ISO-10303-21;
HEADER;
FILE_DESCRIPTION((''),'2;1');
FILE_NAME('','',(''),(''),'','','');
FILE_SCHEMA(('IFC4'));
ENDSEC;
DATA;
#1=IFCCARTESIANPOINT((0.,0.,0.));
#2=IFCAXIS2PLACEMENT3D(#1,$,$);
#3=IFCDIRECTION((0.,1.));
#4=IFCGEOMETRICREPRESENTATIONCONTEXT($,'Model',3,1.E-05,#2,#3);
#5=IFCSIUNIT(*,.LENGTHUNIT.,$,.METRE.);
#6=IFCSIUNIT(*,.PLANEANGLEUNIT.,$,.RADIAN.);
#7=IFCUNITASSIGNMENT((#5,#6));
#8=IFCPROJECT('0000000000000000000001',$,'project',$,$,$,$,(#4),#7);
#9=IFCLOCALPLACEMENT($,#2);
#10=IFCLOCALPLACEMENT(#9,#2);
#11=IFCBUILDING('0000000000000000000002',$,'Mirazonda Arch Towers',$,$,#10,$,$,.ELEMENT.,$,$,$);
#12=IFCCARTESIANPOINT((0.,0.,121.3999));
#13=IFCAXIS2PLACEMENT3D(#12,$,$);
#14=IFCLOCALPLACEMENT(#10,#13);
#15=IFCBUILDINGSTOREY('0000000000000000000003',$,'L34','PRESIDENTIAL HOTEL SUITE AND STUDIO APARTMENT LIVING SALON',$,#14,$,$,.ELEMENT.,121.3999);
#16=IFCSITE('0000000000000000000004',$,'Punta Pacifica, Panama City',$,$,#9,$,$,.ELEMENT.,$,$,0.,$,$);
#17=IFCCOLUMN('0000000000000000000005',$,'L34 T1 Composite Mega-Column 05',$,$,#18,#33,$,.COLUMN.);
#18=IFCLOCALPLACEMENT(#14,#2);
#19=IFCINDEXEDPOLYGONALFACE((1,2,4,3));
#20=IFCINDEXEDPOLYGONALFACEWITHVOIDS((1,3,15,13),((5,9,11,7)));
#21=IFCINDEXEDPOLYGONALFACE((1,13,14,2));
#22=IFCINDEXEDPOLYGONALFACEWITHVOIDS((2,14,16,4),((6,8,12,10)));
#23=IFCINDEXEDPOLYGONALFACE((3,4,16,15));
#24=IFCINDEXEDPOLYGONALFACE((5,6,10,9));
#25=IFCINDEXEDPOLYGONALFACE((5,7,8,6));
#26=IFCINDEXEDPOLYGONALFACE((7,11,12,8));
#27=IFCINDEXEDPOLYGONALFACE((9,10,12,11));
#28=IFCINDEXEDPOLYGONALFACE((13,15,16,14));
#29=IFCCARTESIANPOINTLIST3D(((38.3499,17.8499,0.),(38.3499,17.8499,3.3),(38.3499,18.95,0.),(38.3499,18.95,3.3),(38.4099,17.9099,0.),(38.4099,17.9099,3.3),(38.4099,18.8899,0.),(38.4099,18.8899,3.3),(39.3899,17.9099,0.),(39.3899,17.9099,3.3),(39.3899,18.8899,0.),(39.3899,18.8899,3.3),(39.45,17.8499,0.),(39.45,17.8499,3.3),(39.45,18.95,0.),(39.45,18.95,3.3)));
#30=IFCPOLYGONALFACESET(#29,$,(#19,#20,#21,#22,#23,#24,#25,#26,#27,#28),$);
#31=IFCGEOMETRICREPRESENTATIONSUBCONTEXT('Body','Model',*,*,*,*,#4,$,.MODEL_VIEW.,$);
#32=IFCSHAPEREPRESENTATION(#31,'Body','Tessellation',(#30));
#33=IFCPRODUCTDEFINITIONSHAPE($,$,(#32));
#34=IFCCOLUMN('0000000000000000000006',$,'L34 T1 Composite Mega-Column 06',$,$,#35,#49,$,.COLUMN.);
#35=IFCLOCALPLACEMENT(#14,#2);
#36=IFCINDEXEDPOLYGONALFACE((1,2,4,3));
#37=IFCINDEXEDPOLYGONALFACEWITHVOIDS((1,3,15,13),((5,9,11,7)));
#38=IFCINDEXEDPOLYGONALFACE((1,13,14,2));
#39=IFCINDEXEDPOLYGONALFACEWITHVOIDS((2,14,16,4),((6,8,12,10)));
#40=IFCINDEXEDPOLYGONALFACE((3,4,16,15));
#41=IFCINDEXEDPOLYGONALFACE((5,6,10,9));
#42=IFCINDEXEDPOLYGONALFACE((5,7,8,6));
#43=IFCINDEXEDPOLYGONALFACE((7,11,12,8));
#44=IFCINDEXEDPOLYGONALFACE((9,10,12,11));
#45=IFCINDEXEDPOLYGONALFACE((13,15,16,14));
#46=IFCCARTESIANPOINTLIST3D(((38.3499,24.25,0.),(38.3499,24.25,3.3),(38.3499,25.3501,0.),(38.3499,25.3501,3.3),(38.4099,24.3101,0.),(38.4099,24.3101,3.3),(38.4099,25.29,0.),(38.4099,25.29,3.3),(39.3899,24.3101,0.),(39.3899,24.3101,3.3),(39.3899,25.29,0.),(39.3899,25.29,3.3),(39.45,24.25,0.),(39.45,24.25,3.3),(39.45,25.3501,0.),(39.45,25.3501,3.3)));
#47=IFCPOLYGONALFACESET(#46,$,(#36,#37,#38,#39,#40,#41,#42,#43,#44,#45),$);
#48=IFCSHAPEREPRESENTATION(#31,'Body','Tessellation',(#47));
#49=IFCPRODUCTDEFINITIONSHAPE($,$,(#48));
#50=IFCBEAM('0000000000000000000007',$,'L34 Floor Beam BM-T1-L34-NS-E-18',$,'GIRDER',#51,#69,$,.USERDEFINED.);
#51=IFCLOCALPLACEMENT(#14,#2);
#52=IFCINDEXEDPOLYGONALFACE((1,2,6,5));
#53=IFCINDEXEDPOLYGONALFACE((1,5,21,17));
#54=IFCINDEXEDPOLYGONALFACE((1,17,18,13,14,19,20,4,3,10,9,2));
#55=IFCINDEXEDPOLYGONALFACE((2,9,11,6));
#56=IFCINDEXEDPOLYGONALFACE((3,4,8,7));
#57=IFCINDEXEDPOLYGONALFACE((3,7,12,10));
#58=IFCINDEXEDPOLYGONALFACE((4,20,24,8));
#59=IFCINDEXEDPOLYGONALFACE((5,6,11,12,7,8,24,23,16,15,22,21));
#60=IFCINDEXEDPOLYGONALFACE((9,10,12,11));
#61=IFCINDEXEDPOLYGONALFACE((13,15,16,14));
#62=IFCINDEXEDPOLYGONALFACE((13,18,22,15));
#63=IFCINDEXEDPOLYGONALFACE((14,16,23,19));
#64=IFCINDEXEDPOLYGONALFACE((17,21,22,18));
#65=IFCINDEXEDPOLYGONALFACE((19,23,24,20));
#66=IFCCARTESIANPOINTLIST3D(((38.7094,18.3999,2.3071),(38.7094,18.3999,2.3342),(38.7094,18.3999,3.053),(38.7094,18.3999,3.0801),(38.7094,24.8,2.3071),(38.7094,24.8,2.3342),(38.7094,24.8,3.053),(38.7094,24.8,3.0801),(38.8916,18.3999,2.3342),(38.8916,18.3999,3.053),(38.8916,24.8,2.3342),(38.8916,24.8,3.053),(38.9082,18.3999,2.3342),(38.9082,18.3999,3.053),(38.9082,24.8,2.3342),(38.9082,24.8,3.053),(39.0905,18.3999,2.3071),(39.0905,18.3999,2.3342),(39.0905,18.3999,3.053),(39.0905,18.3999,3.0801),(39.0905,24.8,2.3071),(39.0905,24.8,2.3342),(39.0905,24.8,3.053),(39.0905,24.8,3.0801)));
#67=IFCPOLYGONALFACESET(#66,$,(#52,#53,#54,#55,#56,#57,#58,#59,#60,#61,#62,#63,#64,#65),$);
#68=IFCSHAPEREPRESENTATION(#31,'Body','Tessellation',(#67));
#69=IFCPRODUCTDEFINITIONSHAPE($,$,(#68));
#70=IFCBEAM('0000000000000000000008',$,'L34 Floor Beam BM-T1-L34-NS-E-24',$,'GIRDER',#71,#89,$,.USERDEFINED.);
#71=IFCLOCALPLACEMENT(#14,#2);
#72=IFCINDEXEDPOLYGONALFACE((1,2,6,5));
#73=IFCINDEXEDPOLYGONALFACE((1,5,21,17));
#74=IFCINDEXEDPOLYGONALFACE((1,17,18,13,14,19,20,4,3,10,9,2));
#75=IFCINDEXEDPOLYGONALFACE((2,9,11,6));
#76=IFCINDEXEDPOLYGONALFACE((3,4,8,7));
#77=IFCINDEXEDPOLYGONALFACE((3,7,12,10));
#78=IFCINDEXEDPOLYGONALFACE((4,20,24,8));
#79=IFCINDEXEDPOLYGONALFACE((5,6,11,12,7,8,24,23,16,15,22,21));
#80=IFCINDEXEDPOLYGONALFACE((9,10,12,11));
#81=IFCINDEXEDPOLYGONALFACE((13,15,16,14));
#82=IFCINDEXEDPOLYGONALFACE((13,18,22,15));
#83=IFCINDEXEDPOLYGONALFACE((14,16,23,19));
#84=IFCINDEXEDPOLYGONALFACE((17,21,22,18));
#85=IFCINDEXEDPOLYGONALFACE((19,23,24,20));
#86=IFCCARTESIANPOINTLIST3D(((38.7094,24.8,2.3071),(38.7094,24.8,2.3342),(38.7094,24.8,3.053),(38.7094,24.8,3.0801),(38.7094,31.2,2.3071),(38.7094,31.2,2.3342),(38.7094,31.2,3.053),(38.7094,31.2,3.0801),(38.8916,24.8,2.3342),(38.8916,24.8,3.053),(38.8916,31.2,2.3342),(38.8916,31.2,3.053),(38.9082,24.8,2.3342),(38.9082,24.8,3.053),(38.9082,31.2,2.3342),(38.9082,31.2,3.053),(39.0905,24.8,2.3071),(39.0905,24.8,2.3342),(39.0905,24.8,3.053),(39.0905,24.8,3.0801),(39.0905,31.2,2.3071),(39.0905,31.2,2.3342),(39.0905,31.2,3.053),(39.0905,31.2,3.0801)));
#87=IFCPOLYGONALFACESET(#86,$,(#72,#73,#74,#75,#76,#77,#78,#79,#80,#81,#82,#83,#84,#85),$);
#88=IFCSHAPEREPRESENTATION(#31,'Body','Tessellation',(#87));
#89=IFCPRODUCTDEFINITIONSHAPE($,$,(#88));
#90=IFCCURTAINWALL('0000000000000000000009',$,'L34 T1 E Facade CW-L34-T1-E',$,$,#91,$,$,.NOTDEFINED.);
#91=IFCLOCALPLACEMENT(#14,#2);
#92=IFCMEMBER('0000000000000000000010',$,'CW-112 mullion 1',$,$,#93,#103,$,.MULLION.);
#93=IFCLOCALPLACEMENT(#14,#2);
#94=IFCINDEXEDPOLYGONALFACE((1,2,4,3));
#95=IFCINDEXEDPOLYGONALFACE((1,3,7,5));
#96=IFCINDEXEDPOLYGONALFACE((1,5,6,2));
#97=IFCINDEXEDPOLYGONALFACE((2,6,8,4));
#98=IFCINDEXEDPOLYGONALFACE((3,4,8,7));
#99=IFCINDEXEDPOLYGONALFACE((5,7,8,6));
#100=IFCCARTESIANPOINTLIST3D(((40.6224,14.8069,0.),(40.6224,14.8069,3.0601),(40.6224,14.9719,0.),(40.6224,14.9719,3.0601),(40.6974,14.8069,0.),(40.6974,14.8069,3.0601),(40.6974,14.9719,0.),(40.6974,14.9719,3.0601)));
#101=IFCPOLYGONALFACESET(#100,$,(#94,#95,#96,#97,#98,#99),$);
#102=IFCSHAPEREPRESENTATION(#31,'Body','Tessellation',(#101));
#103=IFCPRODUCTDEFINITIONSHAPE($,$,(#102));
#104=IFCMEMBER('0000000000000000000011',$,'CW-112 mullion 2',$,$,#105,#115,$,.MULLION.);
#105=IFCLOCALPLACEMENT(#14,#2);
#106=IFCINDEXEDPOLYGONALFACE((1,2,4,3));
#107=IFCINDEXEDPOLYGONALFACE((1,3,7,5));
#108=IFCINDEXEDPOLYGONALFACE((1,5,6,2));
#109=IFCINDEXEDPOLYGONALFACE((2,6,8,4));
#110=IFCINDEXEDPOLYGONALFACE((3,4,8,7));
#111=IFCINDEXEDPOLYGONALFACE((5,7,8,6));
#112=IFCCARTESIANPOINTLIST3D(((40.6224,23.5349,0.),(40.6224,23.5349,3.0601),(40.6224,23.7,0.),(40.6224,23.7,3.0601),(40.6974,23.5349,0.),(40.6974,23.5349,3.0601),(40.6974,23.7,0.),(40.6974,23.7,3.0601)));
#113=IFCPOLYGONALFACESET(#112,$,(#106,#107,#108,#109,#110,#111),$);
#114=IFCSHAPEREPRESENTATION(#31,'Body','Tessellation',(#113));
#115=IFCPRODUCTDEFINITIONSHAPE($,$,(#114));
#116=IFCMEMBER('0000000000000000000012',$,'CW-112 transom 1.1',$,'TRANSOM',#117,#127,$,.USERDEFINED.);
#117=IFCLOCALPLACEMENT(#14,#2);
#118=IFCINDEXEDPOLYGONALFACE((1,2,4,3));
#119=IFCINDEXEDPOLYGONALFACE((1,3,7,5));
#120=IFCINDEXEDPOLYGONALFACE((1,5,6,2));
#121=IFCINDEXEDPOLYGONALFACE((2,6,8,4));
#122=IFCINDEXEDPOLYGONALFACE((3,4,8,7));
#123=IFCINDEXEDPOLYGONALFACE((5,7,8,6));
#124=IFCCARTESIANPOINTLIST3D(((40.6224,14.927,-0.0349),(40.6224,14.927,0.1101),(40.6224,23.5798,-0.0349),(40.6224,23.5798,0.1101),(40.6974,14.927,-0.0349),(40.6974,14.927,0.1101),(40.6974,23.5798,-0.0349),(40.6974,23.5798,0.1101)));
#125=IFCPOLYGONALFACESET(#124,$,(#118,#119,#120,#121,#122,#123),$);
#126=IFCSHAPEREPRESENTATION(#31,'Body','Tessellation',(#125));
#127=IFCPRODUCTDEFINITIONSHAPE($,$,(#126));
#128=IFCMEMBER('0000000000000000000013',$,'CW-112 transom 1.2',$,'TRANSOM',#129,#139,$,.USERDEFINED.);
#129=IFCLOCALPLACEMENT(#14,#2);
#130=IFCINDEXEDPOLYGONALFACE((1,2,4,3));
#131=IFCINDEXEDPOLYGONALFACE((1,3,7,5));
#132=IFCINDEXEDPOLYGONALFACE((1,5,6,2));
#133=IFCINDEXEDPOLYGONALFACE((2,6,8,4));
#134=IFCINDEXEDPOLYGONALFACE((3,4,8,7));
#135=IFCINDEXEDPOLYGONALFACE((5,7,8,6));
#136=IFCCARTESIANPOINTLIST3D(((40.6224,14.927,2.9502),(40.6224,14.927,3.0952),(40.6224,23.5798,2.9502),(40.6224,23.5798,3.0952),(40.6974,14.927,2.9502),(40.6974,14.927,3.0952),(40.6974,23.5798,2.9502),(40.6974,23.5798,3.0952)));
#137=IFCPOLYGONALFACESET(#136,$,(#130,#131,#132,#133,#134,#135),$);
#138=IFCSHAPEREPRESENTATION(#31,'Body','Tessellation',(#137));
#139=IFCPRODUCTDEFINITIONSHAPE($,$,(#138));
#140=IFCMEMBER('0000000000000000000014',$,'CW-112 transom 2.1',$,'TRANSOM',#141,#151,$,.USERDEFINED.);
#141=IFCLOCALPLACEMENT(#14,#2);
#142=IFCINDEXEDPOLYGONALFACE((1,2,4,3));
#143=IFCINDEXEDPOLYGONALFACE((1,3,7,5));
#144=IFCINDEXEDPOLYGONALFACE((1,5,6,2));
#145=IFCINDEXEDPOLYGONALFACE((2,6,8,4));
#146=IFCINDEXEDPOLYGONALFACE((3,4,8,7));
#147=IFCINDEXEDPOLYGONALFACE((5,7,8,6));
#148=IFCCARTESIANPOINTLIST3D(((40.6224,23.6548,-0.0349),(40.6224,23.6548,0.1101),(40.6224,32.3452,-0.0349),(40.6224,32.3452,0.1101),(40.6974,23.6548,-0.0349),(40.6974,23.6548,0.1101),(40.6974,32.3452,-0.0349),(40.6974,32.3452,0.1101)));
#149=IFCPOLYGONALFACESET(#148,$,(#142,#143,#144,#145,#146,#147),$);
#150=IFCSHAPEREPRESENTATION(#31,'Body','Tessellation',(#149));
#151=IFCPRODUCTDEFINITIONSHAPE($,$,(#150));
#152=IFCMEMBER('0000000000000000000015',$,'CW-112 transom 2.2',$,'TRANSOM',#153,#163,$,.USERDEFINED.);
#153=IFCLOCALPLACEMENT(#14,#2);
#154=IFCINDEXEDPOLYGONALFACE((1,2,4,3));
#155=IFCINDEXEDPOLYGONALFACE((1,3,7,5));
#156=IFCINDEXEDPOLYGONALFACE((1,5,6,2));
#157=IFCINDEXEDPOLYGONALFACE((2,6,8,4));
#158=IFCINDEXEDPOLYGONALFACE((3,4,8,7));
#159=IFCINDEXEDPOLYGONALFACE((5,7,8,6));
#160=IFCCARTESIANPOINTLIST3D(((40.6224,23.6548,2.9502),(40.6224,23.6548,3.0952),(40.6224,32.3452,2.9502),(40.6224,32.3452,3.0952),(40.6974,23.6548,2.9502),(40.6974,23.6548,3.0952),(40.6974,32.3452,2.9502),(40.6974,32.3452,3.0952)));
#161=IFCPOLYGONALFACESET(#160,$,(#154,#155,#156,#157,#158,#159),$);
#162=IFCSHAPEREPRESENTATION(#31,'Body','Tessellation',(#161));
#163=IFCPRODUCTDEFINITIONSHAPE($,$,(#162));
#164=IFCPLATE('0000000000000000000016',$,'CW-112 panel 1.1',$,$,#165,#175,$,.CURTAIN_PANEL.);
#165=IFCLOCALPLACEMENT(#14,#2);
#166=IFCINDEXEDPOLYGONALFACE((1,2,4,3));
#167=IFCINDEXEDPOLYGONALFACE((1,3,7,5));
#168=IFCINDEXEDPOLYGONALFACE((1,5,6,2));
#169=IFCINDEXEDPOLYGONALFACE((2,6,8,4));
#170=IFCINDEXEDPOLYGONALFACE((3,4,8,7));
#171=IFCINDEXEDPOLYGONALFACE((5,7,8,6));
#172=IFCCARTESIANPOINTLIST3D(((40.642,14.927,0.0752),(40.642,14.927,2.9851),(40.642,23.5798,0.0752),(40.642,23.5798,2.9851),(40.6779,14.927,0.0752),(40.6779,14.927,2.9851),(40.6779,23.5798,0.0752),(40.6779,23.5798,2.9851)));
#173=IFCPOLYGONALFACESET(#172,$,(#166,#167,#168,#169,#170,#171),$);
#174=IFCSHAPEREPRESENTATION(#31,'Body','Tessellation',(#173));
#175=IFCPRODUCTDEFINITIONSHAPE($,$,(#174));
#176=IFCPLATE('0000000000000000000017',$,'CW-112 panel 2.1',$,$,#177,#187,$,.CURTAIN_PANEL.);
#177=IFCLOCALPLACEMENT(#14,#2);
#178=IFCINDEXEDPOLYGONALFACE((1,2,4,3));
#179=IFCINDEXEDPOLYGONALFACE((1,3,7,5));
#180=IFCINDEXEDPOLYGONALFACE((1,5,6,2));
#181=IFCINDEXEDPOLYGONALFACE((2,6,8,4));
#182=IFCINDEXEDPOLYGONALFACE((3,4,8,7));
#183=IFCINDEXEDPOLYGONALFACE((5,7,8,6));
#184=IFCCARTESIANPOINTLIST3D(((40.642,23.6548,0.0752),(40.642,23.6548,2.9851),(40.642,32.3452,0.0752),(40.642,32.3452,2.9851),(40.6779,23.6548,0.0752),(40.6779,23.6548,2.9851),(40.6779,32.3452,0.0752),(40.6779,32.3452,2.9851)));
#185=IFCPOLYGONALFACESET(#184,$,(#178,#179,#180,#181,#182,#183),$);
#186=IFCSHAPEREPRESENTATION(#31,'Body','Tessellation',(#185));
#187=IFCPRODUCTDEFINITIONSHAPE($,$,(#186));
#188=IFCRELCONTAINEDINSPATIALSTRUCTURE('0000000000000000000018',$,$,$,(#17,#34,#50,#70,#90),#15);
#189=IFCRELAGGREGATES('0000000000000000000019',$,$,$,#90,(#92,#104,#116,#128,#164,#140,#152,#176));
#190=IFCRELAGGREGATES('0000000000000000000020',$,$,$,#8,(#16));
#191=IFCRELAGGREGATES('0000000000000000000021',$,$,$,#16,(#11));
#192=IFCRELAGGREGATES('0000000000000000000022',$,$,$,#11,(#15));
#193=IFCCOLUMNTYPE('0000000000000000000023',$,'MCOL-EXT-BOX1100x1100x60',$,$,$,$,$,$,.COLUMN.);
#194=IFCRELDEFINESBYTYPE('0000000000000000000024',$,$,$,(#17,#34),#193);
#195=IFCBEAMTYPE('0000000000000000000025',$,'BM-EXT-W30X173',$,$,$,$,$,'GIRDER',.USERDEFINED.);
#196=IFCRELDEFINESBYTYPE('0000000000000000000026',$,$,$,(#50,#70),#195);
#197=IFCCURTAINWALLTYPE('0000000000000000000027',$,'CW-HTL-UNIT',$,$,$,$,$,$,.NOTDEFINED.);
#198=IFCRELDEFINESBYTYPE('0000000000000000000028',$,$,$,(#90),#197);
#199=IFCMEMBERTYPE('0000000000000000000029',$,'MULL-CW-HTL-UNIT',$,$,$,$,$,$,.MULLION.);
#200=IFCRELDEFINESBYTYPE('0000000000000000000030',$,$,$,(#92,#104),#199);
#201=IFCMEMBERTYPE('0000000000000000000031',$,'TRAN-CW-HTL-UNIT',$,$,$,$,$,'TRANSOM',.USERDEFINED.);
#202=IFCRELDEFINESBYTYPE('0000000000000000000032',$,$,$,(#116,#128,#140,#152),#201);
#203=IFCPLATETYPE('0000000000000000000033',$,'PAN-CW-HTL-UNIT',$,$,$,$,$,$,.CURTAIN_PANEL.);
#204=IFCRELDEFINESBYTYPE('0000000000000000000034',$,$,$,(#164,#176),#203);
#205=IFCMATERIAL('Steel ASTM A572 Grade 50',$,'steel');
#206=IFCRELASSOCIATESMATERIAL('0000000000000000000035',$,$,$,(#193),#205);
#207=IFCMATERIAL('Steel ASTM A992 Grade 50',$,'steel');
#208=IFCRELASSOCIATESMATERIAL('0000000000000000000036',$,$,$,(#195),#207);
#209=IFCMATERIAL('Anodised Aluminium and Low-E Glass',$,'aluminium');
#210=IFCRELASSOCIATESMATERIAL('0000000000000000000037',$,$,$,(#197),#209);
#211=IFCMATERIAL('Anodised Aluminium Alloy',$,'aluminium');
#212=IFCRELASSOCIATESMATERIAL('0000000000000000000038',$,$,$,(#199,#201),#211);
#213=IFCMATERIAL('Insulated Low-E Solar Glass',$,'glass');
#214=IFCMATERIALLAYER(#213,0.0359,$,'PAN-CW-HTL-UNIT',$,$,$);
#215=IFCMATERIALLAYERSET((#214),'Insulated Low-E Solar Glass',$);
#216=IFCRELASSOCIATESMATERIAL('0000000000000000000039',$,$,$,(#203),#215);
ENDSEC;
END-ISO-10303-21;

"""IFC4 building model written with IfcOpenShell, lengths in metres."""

from ifc_helpers import new_model, si_unit, direction, frame, origin, origin_2d, place, context, subcontext, project, spatial, rectangle, hollow_rectangle, i_section, extrude, material, layer, layer_set, material_profile, profile_set, type_object, element, aggregate, save


model = new_model("IFC4")

# Units and contexts
model_context = context("Model", 3, precision=1e-05, world=origin(), true_north=direction((0.0, 1.0)))
body_context = subcontext(model_context, "Body", "Model", "MODEL_VIEW")
ifc_project = project(units=[si_unit("LENGTHUNIT", "METRE"), si_unit("PLANEANGLEUNIT", "RADIAN")], contexts=[model_context])

# Site, building, storey
site_placement = place(None, origin())
site = spatial("IfcSite", under=ifc_project, at=site_placement, Name="Punta Pacifica, Panama City", CompositionType="ELEMENT", RefElevation=0.0)
building_placement = place(site_placement, origin())
building = spatial("IfcBuilding", under=site, at=building_placement, Name="Mirazonda Arch Towers", CompositionType="ELEMENT")
storey_placement = place(building_placement, frame((0.0, 0.0, 121.3999)))
storey = spatial("IfcBuildingStorey", under=building, at=storey_placement, Name="L34", Description="PRESIDENTIAL HOTEL SUITE AND STUDIO APARTMENT LIVING SALON", CompositionType="ELEMENT", Elevation=121.3999)

# Columns
ifc_material_1 = material(Name="Steel ASTM A572 Grade 50", Category="steel")
ifc_material_profile_1 = material_profile(ifc_material_1, hollow_rectangle(XDim=1.1001, YDim=1.1001, WallThickness=0.0601, at=origin_2d()), Name="BOX1100x1100x60")
ifc_profile_set_1 = profile_set([ifc_material_profile_1], Name="Steel ASTM A572 Grade 50")
column_type = type_object("IfcColumnType", Name="MCOL-EXT-BOX1100x1100x60", PredefinedType="COLUMN", material=ifc_profile_set_1)
for number, where, z_axis, x_axis, name in (
    (1, (38.8999, 18.3999, 0.0), (0.0, 0.0, 1.0), (1.0, 0.0, 0.0), "L34 T1 Composite Mega-Column 05"),
    (2, (38.8999, 24.8, 0.0), (0.0, 0.0, 1.0), (1.0, 0.0, 0.0), "L34 T1 Composite Mega-Column 06"),
):
    element("IfcColumn", number, at=place(storey_placement, frame(where, z_axis=z_axis, x_axis=x_axis)), inside=storey, type_object=column_type, Name=name, PredefinedType="COLUMN", context=body_context, shape_type="SweptSolid", body=[
        extrude(hollow_rectangle(XDim=1.1001, YDim=1.1001, WallThickness=0.0601, at=origin_2d()), origin(), (0.0, 0.0, 1.0), 3.3),
    ])

# Beams
ifc_material_2 = material(Name="Steel ASTM A992 Grade 50", Category="steel")
ifc_material_profile_2 = material_profile(ifc_material_2, i_section(OverallWidth=0.3811, OverallDepth=0.7729, WebThickness=0.0166, FlangeThickness=0.0271, at=origin_2d()), Name="W30X173")
ifc_profile_set_2 = profile_set([ifc_material_profile_2], Name="Steel ASTM A992 Grade 50")
beam_type = type_object("IfcBeamType", Name="BM-EXT-W30X173", ElementType="GIRDER", PredefinedType="USERDEFINED", material=ifc_profile_set_2)
beam_1_placement = place(storey_placement, frame((38.8999, 18.3999, 2.6936), z_axis=(0.0, 1.0, 0.0), x_axis=(-1.0, 0.0, 0.0)))
element("IfcBeam", 3, at=beam_1_placement, inside=storey, type_object=beam_type, Name="L34 Floor Beam BM-T1-L34-NS-E-18", ObjectType="GIRDER", PredefinedType="USERDEFINED", context=body_context, shape_type="SweptSolid", body=[
    extrude(i_section(OverallWidth=0.3811, OverallDepth=0.7729, WebThickness=0.0166, FlangeThickness=0.0271, at=origin_2d()), origin(), (0.0, 0.0, 1.0), 6.4001),
])
beam_2_placement = place(storey_placement, frame((38.8999, 24.8, 2.6936), z_axis=(0.0, 1.0, 0.0), x_axis=(-1.0, 0.0, 0.0)))
element("IfcBeam", 4, at=beam_2_placement, inside=storey, type_object=beam_type, Name="L34 Floor Beam BM-T1-L34-NS-E-24", ObjectType="GIRDER", PredefinedType="USERDEFINED", context=body_context, shape_type="SweptSolid", body=[
    extrude(i_section(OverallWidth=0.3811, OverallDepth=0.7729, WebThickness=0.0166, FlangeThickness=0.0271, at=origin_2d()), origin(), (0.0, 0.0, 1.0), 6.3999),
])

# Curtain wall, members, plates
ifc_material_3 = material(Name="Anodised Aluminium and Low-E Glass", Category="aluminium")
curtain_wall_type = type_object("IfcCurtainWallType", Name="CW-HTL-UNIT", PredefinedType="NOTDEFINED", material=ifc_material_3)
curtain_wall_placement = place(storey_placement, origin())
curtain_wall = element("IfcCurtainWall", 5, at=curtain_wall_placement, inside=storey, type_object=curtain_wall_type, Name="L34 T1 E Facade CW-L34-T1-E", PredefinedType="NOTDEFINED")
ifc_material_4 = material(Name="Anodised Aluminium Alloy", Category="aluminium")
ifc_material_profile_3 = material_profile(ifc_material_4, rectangle(XDim=0.075, YDim=0.165, at=origin_2d()), Name="ALU-MULL-75x165")
ifc_profile_set_3 = profile_set([ifc_material_profile_3], Name="Anodised Aluminium Alloy")
member_type_1 = type_object("IfcMemberType", Name="MULL-CW-HTL-UNIT", PredefinedType="MULLION", material=ifc_profile_set_3)
member_1_placement = place(storey_placement, frame((40.6599, 14.8894, 0.0), z_axis=(0.0, 0.0, 1.0), x_axis=(-1.0, 0.0, 0.0)))
member_1 = element("IfcMember", 6, at=member_1_placement, type_object=member_type_1, Name="CW-112 mullion 1", PredefinedType="MULLION", context=body_context, shape_type="SweptSolid", body=[
    extrude(rectangle(XDim=0.075, YDim=0.165, at=origin_2d()), origin(), (0.0, 0.0, 1.0), 3.0601),
])
member_2_placement = place(storey_placement, frame((40.6599, 23.6174, 0.0), z_axis=(0.0, 0.0, 1.0), x_axis=(-1.0, 0.0, 0.0)))
member_2 = element("IfcMember", 7, at=member_2_placement, type_object=member_type_1, Name="CW-112 mullion 2", PredefinedType="MULLION", context=body_context, shape_type="SweptSolid", body=[
    extrude(rectangle(XDim=0.075, YDim=0.165, at=origin_2d()), origin(), (0.0, 0.0, 1.0), 3.0601),
])
ifc_material_profile_4 = material_profile(ifc_material_4, rectangle(XDim=0.075, YDim=0.145, at=origin_2d()), Name="ALU-TRAN-75x145")
ifc_profile_set_4 = profile_set([ifc_material_profile_4], Name="Anodised Aluminium Alloy")
member_type_2 = type_object("IfcMemberType", Name="TRAN-CW-HTL-UNIT", ElementType="TRANSOM", PredefinedType="USERDEFINED", material=ifc_profile_set_4)
member_3_placement = place(storey_placement, frame((40.6599, 14.927, 0.0376), z_axis=(0.0, 1.0, 0.0), x_axis=(-1.0, 0.0, 0.0)))
member_3 = element("IfcMember", 8, at=member_3_placement, type_object=member_type_2, Name="CW-112 transom 1.1", ObjectType="TRANSOM", PredefinedType="USERDEFINED", context=body_context, shape_type="SweptSolid", body=[
    extrude(rectangle(XDim=0.075, YDim=0.145, at=origin_2d()), origin(), (0.0, 0.0, 1.0), 8.6528),
])
member_4_placement = place(storey_placement, frame((40.6599, 14.927, 3.0227), z_axis=(0.0, 1.0, 0.0), x_axis=(-1.0, 0.0, 0.0)))
member_4 = element("IfcMember", 9, at=member_4_placement, type_object=member_type_2, Name="CW-112 transom 1.2", ObjectType="TRANSOM", PredefinedType="USERDEFINED", context=body_context, shape_type="SweptSolid", body=[
    extrude(rectangle(XDim=0.075, YDim=0.145, at=origin_2d()), origin(), (0.0, 0.0, 1.0), 8.6528),
])
member_5_placement = place(storey_placement, frame((40.6599, 23.6548, 0.0376), z_axis=(0.0, 1.0, 0.0), x_axis=(-1.0, 0.0, 0.0)))
member_5 = element("IfcMember", 10, at=member_5_placement, type_object=member_type_2, Name="CW-112 transom 2.1", ObjectType="TRANSOM", PredefinedType="USERDEFINED", context=body_context, shape_type="SweptSolid", body=[
    extrude(rectangle(XDim=0.075, YDim=0.145, at=origin_2d()), origin(), (0.0, 0.0, 1.0), 8.6904),
])
member_6_placement = place(storey_placement, frame((40.6599, 23.6548, 3.0227), z_axis=(0.0, 1.0, 0.0), x_axis=(-1.0, 0.0, 0.0)))
member_6 = element("IfcMember", 11, at=member_6_placement, type_object=member_type_2, Name="CW-112 transom 2.2", ObjectType="TRANSOM", PredefinedType="USERDEFINED", context=body_context, shape_type="SweptSolid", body=[
    extrude(rectangle(XDim=0.075, YDim=0.145, at=origin_2d()), origin(), (0.0, 0.0, 1.0), 8.6904),
])
ifc_material_5 = material(Name="Insulated Low-E Solar Glass", Category="glass")
ifc_layer_1 = layer(ifc_material_5, 0.0359, Name="PAN-CW-HTL-UNIT")
ifc_layer_set_1 = layer_set([ifc_layer_1], Name="Insulated Low-E Solar Glass")
plate_type = type_object("IfcPlateType", Name="PAN-CW-HTL-UNIT", PredefinedType="CURTAIN_PANEL", material=ifc_layer_set_1)
plate_1_placement = place(storey_placement, frame((40.6599, 19.2534, 0.0752), z_axis=(0.0, 0.0, 1.0), x_axis=(0.0, 1.0, 0.0)))
plate_1 = element("IfcPlate", 12, at=plate_1_placement, type_object=plate_type, Name="CW-112 panel 1.1", PredefinedType="CURTAIN_PANEL", context=body_context, shape_type="SweptSolid", body=[
    extrude(rectangle(XDim=8.6528, YDim=0.0359, at=origin_2d()), origin(), (0.0, 0.0, 1.0), 2.9099),
])
plate_2_placement = place(storey_placement, frame((40.6599, 28.0, 0.0752), z_axis=(0.0, 0.0, 1.0), x_axis=(0.0, 1.0, 0.0)))
plate_2 = element("IfcPlate", 13, at=plate_2_placement, type_object=plate_type, Name="CW-112 panel 2.1", PredefinedType="CURTAIN_PANEL", context=body_context, shape_type="SweptSolid", body=[
    extrude(rectangle(XDim=8.6904, YDim=0.0359, at=origin_2d()), origin(), (0.0, 0.0, 1.0), 2.9099),
])
aggregate(curtain_wall, [member_1, member_2, member_3, member_4, plate_1, member_5, member_6, plate_2])

save(model, "model.ifc")
